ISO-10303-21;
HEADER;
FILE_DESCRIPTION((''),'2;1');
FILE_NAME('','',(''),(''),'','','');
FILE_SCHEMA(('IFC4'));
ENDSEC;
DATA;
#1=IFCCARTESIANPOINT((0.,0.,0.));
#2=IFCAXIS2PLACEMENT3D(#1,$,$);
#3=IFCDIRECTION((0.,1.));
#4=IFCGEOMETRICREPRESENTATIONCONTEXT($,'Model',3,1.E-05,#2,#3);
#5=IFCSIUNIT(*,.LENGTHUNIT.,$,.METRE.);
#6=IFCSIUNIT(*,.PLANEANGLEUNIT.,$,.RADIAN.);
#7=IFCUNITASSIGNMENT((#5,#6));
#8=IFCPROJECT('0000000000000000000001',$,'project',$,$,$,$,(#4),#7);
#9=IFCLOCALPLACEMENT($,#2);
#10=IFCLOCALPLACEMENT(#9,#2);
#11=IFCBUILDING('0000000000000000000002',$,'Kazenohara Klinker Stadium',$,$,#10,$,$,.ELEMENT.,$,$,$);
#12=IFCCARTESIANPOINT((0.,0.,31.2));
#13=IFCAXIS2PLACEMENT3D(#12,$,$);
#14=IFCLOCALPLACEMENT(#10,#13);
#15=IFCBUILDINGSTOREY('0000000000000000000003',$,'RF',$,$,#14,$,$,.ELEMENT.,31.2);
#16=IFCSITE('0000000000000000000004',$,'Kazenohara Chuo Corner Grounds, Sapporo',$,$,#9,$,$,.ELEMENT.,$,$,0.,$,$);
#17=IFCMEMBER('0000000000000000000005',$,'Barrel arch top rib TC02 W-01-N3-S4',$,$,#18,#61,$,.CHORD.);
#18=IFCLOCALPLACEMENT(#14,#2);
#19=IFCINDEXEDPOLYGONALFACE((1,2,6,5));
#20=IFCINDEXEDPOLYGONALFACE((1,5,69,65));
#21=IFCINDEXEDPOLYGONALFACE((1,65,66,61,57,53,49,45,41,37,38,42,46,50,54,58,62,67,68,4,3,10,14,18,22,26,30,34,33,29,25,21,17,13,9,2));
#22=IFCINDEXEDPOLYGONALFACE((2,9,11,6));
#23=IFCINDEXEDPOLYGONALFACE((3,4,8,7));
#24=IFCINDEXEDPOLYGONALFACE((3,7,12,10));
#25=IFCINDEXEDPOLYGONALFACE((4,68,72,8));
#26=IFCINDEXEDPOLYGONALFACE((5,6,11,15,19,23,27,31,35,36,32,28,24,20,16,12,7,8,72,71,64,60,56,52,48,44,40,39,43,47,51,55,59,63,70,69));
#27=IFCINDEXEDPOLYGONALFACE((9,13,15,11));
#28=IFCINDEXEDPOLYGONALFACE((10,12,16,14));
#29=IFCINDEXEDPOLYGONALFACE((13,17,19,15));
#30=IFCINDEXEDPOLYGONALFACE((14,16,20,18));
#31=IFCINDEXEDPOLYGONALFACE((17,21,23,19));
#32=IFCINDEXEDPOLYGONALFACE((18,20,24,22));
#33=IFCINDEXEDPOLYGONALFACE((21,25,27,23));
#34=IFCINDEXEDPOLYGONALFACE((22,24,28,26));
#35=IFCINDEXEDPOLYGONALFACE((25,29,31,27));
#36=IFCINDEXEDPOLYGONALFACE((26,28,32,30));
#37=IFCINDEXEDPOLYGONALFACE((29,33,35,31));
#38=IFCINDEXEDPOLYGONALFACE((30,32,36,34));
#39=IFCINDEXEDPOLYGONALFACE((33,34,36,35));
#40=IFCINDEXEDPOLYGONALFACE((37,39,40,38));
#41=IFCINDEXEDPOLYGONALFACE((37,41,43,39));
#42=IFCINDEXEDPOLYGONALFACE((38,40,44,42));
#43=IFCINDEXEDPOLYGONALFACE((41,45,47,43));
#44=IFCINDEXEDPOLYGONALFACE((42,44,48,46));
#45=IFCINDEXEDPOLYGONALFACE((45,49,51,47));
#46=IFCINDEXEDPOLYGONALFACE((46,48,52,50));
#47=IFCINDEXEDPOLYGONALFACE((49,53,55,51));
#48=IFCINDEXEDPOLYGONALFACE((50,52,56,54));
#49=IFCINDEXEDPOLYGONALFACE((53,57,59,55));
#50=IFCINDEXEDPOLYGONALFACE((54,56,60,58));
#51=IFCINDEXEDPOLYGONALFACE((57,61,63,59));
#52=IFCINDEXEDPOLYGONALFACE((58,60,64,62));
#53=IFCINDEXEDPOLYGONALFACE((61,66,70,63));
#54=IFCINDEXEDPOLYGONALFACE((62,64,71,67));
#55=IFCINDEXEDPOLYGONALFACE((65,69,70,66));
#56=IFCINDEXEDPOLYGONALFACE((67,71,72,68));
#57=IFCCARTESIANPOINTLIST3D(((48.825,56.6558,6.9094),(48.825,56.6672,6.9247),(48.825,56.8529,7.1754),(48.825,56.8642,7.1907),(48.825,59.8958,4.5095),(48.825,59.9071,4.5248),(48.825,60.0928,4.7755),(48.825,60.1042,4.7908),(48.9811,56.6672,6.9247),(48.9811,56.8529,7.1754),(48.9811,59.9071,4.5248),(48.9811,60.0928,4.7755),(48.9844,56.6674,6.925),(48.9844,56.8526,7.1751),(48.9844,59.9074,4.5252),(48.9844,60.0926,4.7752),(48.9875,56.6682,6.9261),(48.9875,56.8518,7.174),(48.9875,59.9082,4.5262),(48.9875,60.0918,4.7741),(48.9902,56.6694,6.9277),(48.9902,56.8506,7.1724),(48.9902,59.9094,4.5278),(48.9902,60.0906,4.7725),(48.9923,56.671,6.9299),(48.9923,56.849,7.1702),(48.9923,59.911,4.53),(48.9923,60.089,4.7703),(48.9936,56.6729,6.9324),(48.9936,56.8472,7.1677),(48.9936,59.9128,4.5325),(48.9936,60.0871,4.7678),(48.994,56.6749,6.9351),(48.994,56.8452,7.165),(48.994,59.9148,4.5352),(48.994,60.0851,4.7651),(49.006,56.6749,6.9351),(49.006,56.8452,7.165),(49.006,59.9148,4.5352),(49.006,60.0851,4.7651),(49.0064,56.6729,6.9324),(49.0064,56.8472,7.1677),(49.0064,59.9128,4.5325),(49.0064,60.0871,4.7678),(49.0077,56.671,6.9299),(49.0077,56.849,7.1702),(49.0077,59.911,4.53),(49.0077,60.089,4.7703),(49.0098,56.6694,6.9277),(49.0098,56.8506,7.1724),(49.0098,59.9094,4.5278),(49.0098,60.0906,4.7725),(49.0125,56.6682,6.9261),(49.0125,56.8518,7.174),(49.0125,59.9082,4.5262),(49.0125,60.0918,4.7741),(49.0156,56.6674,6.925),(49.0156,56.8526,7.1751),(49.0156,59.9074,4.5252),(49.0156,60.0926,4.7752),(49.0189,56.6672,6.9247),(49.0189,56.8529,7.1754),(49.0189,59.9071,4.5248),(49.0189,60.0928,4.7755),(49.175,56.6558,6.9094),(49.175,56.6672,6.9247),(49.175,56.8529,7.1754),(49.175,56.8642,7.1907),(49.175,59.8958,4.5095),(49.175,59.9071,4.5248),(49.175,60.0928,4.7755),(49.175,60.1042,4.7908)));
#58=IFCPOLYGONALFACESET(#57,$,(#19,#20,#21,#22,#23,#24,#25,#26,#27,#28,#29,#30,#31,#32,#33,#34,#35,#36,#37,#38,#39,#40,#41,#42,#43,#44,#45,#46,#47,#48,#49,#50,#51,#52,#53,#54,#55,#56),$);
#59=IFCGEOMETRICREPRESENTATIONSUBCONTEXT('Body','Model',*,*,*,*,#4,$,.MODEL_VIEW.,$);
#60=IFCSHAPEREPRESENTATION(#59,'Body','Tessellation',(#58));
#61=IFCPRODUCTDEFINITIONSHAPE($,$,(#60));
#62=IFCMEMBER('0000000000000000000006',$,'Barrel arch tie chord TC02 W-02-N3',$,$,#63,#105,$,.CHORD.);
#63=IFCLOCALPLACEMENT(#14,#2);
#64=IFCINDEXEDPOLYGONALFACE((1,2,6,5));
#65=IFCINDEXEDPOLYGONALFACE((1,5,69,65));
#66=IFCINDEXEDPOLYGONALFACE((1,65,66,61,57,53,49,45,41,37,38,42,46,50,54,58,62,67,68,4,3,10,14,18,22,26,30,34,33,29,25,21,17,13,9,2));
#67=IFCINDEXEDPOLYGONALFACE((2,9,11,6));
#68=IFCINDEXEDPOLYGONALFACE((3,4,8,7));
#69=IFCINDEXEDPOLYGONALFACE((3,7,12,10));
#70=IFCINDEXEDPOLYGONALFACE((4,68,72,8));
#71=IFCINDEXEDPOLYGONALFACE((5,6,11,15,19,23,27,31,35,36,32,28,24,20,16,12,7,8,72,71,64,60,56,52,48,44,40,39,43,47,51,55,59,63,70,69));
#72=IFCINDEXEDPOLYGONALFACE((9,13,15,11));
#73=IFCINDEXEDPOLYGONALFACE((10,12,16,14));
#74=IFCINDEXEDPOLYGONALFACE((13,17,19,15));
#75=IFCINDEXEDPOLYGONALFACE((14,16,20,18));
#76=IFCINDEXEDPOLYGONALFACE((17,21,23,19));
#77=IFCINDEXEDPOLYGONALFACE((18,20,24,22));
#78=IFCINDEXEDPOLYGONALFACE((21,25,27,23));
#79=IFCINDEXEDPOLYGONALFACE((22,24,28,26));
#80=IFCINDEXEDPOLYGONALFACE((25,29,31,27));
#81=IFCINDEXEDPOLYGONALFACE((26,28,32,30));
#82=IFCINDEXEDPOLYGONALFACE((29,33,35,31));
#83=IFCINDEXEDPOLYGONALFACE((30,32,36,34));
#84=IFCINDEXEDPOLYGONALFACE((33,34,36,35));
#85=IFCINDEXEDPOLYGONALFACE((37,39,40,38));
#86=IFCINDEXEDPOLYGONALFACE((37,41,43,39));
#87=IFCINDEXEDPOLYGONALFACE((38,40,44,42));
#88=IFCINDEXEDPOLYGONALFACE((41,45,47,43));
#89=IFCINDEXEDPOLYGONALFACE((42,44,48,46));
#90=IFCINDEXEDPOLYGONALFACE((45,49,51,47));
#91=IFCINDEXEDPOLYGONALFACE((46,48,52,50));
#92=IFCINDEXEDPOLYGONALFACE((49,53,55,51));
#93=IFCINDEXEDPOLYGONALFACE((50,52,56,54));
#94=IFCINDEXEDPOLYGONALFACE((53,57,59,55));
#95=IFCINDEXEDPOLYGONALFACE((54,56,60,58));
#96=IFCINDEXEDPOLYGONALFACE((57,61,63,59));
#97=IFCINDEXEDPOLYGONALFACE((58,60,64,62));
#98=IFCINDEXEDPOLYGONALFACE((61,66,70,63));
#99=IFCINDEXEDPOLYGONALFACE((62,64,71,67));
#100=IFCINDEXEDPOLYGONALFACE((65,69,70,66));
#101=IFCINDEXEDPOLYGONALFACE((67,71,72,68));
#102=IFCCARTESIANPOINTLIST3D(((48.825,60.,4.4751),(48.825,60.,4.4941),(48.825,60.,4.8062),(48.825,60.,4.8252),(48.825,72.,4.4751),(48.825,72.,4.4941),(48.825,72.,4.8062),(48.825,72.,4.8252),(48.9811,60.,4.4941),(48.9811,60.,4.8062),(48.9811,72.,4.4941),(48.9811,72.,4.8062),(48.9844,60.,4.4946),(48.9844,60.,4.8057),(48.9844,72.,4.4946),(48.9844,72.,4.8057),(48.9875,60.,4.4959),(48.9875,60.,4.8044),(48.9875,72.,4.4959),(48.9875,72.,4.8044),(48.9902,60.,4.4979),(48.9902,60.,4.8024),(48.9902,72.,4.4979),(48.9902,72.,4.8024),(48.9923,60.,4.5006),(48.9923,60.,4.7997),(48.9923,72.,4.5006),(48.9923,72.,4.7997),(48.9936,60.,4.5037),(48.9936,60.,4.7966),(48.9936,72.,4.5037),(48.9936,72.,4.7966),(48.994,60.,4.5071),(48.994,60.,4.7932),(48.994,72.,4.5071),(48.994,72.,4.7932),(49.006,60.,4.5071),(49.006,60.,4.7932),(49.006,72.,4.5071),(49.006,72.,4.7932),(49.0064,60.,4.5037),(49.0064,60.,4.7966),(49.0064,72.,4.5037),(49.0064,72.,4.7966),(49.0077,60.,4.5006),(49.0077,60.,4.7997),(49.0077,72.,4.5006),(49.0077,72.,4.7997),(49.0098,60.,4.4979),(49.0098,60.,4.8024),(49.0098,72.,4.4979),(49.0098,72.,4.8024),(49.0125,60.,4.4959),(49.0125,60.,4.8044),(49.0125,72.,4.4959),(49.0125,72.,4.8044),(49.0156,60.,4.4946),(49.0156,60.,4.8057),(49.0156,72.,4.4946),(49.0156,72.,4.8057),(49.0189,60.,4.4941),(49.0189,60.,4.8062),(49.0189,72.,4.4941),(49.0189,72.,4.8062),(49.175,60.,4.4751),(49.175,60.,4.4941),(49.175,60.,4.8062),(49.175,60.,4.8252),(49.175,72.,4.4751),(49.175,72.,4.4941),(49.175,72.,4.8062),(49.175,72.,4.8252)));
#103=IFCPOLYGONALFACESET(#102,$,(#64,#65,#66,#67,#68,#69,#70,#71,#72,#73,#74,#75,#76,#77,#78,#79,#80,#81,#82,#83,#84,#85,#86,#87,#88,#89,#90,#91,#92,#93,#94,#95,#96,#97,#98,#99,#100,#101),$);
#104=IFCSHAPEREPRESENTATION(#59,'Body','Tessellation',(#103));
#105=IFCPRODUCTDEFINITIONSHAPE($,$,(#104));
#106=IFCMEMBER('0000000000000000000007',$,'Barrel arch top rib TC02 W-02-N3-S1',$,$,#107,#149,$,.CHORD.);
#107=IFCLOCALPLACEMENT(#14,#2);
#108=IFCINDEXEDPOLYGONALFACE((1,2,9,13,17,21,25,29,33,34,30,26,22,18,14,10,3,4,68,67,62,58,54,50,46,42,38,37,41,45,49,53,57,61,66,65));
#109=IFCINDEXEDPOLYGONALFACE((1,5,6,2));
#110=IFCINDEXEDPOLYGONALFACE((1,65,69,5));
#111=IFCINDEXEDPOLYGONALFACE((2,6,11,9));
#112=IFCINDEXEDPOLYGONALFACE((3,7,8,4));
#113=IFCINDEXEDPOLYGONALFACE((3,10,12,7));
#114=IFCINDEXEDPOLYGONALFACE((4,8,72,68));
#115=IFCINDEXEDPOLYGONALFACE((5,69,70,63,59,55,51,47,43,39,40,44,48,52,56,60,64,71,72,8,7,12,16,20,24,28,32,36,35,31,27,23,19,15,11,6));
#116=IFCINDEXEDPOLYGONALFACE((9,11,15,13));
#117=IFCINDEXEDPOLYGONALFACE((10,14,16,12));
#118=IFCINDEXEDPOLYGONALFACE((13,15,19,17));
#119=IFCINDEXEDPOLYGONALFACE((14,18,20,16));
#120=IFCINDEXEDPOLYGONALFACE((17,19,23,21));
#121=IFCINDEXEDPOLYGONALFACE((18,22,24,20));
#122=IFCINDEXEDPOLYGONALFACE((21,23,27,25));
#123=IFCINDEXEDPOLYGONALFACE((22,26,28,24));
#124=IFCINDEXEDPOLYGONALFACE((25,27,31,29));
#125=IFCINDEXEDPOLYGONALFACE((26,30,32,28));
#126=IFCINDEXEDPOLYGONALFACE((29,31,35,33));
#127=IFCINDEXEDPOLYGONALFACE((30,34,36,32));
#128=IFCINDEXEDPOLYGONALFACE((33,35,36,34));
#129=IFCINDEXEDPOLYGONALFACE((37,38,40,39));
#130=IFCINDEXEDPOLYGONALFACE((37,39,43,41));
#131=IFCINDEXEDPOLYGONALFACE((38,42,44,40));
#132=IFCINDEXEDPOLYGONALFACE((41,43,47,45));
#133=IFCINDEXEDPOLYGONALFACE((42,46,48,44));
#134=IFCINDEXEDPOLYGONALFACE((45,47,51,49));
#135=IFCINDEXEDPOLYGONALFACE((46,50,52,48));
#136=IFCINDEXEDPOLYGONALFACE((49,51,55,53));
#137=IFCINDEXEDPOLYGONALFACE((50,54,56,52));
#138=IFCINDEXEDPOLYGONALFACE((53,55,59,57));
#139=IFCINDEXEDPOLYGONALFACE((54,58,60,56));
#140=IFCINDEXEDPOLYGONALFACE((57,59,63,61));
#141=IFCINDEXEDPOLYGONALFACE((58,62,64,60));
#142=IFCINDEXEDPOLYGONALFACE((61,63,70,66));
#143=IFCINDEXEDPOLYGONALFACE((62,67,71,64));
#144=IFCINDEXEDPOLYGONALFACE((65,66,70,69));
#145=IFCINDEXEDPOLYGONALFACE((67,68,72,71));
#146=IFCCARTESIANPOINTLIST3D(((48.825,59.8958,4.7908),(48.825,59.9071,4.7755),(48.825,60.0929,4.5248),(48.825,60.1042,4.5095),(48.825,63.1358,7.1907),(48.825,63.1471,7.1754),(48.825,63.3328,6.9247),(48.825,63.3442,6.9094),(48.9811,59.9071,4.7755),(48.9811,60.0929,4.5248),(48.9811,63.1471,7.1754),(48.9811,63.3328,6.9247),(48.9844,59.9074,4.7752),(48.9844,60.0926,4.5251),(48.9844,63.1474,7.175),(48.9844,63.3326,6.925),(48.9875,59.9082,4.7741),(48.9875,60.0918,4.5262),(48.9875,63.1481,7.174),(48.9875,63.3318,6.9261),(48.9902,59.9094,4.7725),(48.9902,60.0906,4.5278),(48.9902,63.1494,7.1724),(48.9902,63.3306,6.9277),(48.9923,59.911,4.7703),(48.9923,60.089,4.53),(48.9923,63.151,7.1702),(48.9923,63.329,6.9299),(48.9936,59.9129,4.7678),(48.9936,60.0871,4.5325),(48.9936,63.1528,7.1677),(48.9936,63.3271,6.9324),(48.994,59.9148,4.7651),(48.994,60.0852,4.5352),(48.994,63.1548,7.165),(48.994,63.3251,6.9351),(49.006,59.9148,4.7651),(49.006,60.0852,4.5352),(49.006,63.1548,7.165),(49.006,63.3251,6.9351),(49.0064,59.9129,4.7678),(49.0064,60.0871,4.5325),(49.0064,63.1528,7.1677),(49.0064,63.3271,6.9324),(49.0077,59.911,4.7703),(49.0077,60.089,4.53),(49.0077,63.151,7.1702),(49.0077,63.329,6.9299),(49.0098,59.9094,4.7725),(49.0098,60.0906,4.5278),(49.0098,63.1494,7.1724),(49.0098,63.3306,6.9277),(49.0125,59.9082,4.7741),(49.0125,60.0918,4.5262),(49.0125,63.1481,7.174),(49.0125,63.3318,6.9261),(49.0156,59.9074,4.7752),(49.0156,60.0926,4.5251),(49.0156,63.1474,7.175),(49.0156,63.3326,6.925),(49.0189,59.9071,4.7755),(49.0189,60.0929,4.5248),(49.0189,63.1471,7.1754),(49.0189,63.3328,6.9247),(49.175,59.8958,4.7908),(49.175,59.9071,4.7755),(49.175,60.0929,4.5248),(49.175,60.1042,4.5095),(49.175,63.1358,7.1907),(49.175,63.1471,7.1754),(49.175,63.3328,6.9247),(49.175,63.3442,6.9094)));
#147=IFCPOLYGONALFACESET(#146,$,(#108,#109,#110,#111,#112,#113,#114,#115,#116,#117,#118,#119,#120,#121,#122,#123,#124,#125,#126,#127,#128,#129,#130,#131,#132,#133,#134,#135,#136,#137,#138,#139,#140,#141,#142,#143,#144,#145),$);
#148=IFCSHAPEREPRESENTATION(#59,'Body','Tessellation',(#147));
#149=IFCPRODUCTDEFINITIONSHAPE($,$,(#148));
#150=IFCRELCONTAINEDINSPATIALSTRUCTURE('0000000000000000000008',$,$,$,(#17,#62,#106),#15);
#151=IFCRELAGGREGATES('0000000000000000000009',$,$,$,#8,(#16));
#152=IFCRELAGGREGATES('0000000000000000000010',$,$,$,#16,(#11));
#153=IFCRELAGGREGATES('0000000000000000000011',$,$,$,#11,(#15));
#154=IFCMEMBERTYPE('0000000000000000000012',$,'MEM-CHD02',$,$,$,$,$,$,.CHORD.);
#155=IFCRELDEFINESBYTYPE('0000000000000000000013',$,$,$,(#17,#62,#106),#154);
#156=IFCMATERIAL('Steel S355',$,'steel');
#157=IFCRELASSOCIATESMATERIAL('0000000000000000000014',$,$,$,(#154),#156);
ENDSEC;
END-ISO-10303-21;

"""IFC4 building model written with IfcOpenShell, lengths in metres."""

from ifc_helpers import new_model, si_unit, direction, frame, origin, origin_2d, place, context, subcontext, project, spatial, i_section, extrude, material, material_profile, profile_set, type_object, element, save


model = new_model("IFC4")

# Units and contexts
model_context = context("Model", 3, precision=1e-05, world=origin(), true_north=direction((0.0, 1.0)))
body_context = subcontext(model_context, "Body", "Model", "MODEL_VIEW")
ifc_project = project(units=[si_unit("LENGTHUNIT", "METRE"), si_unit("PLANEANGLEUNIT", "RADIAN")], contexts=[model_context])

# Site, building, storey
site_placement = place(None, origin())
site = spatial("IfcSite", under=ifc_project, at=site_placement, Name="Kazenohara Chuo Corner Grounds, Sapporo", CompositionType="ELEMENT", RefElevation=0.0)
building_placement = place(site_placement, origin())
building = spatial("IfcBuilding", under=site, at=building_placement, Name="Kazenohara Klinker Stadium", CompositionType="ELEMENT")
storey_placement = place(building_placement, frame((0.0, 0.0, 31.2)))
storey = spatial("IfcBuildingStorey", under=building, at=storey_placement, Name="RF", CompositionType="ELEMENT", Elevation=31.2)

# Members
ifc_material_1 = material(Name="Steel S355", Category="steel")
ifc_material_profile_1 = material_profile(ifc_material_1, i_section(OverallWidth=0.3501, OverallDepth=0.3501, WebThickness=0.012, FlangeThickness=0.019, FilletRadius=0.0129, at=origin_2d()), Name="H-350x350x12x19")
ifc_profile_set_1 = profile_set([ifc_material_profile_1], Name="Steel S355")
member_type_1 = type_object("IfcMemberType", Name="MEM-CHD02", PredefinedType="CHORD", material=ifc_profile_set_1)
member_1_placement = place(storey_placement, frame((49.0, 56.76, 7.05), z_axis=(0.0, 0.803568, -0.595213), x_axis=(-1.0, 0.0, 0.0)))
element("IfcMember", 1, at=member_1_placement, inside=storey, type_object=member_type_1, Name="Barrel arch top rib TC02 W-01-N3-S4", PredefinedType="CHORD", context=body_context, shape_type="SweptSolid", body=[
    extrude(i_section(OverallWidth=0.3501, OverallDepth=0.3501, WebThickness=0.012, FlangeThickness=0.019, FilletRadius=0.0129, at=origin_2d()), origin(), (0.0, 0.0, 1.0), 4.032),
])
member_2_placement = place(storey_placement, frame((49.0, 60.0, 4.6501), z_axis=(0.0, 1.0, 0.0), x_axis=(-1.0, 0.0, 0.0)))
element("IfcMember", 2, at=member_2_placement, inside=storey, type_object=member_type_1, Name="Barrel arch tie chord TC02 W-02-N3", PredefinedType="CHORD", context=body_context, shape_type="SweptSolid", body=[
    extrude(i_section(OverallWidth=0.3501, OverallDepth=0.3501, WebThickness=0.012, FlangeThickness=0.019, FilletRadius=0.0129, at=origin_2d()), origin(), (0.0, 0.0, 1.0), 12.0),
])
member_3_placement = place(storey_placement, frame((49.0, 60.0, 4.6501), z_axis=(0.0, 0.803568, 0.595213), x_axis=(-1.0, 0.0, 0.0)))
element("IfcMember", 3, at=member_3_placement, inside=storey, type_object=member_type_1, Name="Barrel arch top rib TC02 W-02-N3-S1", PredefinedType="CHORD", context=body_context, shape_type="SweptSolid", body=[
    extrude(i_section(OverallWidth=0.3501, OverallDepth=0.3501, WebThickness=0.012, FlangeThickness=0.019, FilletRadius=0.0129, at=origin_2d()), origin(), (0.0, 0.0, 1.0), 4.032),
])

save(model, "model.ifc")
